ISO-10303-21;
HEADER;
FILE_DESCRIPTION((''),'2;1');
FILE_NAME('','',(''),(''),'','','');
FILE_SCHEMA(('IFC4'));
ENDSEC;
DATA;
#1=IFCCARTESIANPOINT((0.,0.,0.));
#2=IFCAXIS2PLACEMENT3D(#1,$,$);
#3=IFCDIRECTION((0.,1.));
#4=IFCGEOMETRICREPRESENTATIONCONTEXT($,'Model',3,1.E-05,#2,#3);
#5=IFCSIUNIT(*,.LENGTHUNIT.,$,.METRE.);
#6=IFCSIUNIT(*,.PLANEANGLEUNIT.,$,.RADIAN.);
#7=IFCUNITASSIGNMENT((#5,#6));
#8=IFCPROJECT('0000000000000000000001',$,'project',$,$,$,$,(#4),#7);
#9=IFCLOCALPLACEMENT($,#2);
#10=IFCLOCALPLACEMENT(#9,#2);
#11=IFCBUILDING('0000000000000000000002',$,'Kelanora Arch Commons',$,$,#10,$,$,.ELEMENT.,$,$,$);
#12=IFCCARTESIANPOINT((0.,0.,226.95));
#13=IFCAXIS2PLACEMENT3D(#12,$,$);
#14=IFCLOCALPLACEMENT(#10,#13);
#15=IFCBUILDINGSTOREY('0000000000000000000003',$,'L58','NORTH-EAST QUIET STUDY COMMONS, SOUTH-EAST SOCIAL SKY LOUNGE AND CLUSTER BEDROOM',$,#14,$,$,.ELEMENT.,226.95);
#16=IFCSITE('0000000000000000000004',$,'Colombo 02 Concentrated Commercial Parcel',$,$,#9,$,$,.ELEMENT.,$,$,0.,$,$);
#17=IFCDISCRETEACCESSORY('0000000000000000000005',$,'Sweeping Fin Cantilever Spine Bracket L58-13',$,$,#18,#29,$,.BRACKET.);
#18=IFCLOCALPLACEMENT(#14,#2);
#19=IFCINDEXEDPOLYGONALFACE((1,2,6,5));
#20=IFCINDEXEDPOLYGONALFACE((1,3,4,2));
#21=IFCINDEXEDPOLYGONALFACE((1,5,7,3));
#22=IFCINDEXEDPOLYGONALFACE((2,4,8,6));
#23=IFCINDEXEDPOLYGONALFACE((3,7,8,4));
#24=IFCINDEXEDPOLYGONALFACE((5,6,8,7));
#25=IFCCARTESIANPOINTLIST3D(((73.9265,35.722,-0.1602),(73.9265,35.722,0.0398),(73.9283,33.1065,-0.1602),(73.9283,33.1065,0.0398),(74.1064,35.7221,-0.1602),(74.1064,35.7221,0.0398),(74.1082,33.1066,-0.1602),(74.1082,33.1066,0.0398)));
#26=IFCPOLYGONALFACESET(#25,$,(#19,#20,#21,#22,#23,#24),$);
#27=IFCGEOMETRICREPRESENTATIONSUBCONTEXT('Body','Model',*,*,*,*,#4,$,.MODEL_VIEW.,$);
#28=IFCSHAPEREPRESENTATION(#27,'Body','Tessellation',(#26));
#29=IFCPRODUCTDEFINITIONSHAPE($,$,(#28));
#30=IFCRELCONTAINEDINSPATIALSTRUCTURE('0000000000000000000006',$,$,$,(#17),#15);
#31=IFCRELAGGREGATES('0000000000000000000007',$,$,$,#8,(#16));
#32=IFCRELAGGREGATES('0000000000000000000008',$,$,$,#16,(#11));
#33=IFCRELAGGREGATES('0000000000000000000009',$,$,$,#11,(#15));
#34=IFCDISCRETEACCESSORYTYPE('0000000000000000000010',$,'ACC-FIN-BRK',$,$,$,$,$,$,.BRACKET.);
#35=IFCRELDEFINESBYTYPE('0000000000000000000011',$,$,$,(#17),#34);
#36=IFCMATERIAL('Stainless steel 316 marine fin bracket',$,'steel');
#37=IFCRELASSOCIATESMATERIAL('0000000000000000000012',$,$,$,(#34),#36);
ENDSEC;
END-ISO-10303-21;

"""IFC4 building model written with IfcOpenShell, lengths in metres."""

from ifc_helpers import new_model, si_unit, direction, frame, origin, origin_2d, place, context, subcontext, project, spatial, rectangle, extrude, source, transform, mapped, material, type_object, element, save


model = new_model("IFC4")

# Units and contexts
model_context = context("Model", 3, precision=1e-05, world=origin(), true_north=direction((0.0, 1.0)))
body_context = subcontext(model_context, "Body", "Model", "MODEL_VIEW")
ifc_project = project(units=[si_unit("LENGTHUNIT", "METRE"), si_unit("PLANEANGLEUNIT", "RADIAN")], contexts=[model_context])

# Site, building, storey
site_placement = place(None, origin())
site = spatial("IfcSite", under=ifc_project, at=site_placement, Name="Colombo 02 Concentrated Commercial Parcel", CompositionType="ELEMENT", RefElevation=0.0)
building_placement = place(site_placement, origin())
building = spatial("IfcBuilding", under=site, at=building_placement, Name="Kelanora Arch Commons", CompositionType="ELEMENT")
storey_placement = place(building_placement, frame((0.0, 0.0, 226.95)))
storey = spatial("IfcBuildingStorey", under=building, at=storey_placement, Name="L58", Description="NORTH-EAST QUIET STUDY COMMONS, SOUTH-EAST SOCIAL SKY LOUNGE AND CLUSTER BEDROOM", CompositionType="ELEMENT", Elevation=226.95)

# Discrete accessory
ifc_material_1 = material(Name="Stainless steel 316 marine fin bracket", Category="steel")
discrete_accessory_type = type_object("IfcDiscreteAccessoryType", Name="ACC-FIN-BRK", PredefinedType="BRACKET", material=ifc_material_1)
shared_shape_1 = source(origin(), body_context, "Body", "SweptSolid", [
    extrude(rectangle(XDim=2.6155, YDim=0.1799, at=origin_2d()), origin(), (0.0, 0.0, 1.0), 0.2),
])
discrete_accessory_placement = place(storey_placement, frame((74.0173, 34.4143, -0.1602), z_axis=(0.0, 0.0, 1.0), x_axis=(0.000698, -1.0, 0.0)))
element("IfcDiscreteAccessory", 1, at=discrete_accessory_placement, inside=storey, type_object=discrete_accessory_type, Name="Sweeping Fin Cantilever Spine Bracket L58-13", PredefinedType="BRACKET", context=body_context, shape_type="MappedRepresentation", body=[
    mapped(shared_shape_1, transform((0.0, 0.0, 0.0), scale=1.0)),
])

save(model, "model.ifc")
